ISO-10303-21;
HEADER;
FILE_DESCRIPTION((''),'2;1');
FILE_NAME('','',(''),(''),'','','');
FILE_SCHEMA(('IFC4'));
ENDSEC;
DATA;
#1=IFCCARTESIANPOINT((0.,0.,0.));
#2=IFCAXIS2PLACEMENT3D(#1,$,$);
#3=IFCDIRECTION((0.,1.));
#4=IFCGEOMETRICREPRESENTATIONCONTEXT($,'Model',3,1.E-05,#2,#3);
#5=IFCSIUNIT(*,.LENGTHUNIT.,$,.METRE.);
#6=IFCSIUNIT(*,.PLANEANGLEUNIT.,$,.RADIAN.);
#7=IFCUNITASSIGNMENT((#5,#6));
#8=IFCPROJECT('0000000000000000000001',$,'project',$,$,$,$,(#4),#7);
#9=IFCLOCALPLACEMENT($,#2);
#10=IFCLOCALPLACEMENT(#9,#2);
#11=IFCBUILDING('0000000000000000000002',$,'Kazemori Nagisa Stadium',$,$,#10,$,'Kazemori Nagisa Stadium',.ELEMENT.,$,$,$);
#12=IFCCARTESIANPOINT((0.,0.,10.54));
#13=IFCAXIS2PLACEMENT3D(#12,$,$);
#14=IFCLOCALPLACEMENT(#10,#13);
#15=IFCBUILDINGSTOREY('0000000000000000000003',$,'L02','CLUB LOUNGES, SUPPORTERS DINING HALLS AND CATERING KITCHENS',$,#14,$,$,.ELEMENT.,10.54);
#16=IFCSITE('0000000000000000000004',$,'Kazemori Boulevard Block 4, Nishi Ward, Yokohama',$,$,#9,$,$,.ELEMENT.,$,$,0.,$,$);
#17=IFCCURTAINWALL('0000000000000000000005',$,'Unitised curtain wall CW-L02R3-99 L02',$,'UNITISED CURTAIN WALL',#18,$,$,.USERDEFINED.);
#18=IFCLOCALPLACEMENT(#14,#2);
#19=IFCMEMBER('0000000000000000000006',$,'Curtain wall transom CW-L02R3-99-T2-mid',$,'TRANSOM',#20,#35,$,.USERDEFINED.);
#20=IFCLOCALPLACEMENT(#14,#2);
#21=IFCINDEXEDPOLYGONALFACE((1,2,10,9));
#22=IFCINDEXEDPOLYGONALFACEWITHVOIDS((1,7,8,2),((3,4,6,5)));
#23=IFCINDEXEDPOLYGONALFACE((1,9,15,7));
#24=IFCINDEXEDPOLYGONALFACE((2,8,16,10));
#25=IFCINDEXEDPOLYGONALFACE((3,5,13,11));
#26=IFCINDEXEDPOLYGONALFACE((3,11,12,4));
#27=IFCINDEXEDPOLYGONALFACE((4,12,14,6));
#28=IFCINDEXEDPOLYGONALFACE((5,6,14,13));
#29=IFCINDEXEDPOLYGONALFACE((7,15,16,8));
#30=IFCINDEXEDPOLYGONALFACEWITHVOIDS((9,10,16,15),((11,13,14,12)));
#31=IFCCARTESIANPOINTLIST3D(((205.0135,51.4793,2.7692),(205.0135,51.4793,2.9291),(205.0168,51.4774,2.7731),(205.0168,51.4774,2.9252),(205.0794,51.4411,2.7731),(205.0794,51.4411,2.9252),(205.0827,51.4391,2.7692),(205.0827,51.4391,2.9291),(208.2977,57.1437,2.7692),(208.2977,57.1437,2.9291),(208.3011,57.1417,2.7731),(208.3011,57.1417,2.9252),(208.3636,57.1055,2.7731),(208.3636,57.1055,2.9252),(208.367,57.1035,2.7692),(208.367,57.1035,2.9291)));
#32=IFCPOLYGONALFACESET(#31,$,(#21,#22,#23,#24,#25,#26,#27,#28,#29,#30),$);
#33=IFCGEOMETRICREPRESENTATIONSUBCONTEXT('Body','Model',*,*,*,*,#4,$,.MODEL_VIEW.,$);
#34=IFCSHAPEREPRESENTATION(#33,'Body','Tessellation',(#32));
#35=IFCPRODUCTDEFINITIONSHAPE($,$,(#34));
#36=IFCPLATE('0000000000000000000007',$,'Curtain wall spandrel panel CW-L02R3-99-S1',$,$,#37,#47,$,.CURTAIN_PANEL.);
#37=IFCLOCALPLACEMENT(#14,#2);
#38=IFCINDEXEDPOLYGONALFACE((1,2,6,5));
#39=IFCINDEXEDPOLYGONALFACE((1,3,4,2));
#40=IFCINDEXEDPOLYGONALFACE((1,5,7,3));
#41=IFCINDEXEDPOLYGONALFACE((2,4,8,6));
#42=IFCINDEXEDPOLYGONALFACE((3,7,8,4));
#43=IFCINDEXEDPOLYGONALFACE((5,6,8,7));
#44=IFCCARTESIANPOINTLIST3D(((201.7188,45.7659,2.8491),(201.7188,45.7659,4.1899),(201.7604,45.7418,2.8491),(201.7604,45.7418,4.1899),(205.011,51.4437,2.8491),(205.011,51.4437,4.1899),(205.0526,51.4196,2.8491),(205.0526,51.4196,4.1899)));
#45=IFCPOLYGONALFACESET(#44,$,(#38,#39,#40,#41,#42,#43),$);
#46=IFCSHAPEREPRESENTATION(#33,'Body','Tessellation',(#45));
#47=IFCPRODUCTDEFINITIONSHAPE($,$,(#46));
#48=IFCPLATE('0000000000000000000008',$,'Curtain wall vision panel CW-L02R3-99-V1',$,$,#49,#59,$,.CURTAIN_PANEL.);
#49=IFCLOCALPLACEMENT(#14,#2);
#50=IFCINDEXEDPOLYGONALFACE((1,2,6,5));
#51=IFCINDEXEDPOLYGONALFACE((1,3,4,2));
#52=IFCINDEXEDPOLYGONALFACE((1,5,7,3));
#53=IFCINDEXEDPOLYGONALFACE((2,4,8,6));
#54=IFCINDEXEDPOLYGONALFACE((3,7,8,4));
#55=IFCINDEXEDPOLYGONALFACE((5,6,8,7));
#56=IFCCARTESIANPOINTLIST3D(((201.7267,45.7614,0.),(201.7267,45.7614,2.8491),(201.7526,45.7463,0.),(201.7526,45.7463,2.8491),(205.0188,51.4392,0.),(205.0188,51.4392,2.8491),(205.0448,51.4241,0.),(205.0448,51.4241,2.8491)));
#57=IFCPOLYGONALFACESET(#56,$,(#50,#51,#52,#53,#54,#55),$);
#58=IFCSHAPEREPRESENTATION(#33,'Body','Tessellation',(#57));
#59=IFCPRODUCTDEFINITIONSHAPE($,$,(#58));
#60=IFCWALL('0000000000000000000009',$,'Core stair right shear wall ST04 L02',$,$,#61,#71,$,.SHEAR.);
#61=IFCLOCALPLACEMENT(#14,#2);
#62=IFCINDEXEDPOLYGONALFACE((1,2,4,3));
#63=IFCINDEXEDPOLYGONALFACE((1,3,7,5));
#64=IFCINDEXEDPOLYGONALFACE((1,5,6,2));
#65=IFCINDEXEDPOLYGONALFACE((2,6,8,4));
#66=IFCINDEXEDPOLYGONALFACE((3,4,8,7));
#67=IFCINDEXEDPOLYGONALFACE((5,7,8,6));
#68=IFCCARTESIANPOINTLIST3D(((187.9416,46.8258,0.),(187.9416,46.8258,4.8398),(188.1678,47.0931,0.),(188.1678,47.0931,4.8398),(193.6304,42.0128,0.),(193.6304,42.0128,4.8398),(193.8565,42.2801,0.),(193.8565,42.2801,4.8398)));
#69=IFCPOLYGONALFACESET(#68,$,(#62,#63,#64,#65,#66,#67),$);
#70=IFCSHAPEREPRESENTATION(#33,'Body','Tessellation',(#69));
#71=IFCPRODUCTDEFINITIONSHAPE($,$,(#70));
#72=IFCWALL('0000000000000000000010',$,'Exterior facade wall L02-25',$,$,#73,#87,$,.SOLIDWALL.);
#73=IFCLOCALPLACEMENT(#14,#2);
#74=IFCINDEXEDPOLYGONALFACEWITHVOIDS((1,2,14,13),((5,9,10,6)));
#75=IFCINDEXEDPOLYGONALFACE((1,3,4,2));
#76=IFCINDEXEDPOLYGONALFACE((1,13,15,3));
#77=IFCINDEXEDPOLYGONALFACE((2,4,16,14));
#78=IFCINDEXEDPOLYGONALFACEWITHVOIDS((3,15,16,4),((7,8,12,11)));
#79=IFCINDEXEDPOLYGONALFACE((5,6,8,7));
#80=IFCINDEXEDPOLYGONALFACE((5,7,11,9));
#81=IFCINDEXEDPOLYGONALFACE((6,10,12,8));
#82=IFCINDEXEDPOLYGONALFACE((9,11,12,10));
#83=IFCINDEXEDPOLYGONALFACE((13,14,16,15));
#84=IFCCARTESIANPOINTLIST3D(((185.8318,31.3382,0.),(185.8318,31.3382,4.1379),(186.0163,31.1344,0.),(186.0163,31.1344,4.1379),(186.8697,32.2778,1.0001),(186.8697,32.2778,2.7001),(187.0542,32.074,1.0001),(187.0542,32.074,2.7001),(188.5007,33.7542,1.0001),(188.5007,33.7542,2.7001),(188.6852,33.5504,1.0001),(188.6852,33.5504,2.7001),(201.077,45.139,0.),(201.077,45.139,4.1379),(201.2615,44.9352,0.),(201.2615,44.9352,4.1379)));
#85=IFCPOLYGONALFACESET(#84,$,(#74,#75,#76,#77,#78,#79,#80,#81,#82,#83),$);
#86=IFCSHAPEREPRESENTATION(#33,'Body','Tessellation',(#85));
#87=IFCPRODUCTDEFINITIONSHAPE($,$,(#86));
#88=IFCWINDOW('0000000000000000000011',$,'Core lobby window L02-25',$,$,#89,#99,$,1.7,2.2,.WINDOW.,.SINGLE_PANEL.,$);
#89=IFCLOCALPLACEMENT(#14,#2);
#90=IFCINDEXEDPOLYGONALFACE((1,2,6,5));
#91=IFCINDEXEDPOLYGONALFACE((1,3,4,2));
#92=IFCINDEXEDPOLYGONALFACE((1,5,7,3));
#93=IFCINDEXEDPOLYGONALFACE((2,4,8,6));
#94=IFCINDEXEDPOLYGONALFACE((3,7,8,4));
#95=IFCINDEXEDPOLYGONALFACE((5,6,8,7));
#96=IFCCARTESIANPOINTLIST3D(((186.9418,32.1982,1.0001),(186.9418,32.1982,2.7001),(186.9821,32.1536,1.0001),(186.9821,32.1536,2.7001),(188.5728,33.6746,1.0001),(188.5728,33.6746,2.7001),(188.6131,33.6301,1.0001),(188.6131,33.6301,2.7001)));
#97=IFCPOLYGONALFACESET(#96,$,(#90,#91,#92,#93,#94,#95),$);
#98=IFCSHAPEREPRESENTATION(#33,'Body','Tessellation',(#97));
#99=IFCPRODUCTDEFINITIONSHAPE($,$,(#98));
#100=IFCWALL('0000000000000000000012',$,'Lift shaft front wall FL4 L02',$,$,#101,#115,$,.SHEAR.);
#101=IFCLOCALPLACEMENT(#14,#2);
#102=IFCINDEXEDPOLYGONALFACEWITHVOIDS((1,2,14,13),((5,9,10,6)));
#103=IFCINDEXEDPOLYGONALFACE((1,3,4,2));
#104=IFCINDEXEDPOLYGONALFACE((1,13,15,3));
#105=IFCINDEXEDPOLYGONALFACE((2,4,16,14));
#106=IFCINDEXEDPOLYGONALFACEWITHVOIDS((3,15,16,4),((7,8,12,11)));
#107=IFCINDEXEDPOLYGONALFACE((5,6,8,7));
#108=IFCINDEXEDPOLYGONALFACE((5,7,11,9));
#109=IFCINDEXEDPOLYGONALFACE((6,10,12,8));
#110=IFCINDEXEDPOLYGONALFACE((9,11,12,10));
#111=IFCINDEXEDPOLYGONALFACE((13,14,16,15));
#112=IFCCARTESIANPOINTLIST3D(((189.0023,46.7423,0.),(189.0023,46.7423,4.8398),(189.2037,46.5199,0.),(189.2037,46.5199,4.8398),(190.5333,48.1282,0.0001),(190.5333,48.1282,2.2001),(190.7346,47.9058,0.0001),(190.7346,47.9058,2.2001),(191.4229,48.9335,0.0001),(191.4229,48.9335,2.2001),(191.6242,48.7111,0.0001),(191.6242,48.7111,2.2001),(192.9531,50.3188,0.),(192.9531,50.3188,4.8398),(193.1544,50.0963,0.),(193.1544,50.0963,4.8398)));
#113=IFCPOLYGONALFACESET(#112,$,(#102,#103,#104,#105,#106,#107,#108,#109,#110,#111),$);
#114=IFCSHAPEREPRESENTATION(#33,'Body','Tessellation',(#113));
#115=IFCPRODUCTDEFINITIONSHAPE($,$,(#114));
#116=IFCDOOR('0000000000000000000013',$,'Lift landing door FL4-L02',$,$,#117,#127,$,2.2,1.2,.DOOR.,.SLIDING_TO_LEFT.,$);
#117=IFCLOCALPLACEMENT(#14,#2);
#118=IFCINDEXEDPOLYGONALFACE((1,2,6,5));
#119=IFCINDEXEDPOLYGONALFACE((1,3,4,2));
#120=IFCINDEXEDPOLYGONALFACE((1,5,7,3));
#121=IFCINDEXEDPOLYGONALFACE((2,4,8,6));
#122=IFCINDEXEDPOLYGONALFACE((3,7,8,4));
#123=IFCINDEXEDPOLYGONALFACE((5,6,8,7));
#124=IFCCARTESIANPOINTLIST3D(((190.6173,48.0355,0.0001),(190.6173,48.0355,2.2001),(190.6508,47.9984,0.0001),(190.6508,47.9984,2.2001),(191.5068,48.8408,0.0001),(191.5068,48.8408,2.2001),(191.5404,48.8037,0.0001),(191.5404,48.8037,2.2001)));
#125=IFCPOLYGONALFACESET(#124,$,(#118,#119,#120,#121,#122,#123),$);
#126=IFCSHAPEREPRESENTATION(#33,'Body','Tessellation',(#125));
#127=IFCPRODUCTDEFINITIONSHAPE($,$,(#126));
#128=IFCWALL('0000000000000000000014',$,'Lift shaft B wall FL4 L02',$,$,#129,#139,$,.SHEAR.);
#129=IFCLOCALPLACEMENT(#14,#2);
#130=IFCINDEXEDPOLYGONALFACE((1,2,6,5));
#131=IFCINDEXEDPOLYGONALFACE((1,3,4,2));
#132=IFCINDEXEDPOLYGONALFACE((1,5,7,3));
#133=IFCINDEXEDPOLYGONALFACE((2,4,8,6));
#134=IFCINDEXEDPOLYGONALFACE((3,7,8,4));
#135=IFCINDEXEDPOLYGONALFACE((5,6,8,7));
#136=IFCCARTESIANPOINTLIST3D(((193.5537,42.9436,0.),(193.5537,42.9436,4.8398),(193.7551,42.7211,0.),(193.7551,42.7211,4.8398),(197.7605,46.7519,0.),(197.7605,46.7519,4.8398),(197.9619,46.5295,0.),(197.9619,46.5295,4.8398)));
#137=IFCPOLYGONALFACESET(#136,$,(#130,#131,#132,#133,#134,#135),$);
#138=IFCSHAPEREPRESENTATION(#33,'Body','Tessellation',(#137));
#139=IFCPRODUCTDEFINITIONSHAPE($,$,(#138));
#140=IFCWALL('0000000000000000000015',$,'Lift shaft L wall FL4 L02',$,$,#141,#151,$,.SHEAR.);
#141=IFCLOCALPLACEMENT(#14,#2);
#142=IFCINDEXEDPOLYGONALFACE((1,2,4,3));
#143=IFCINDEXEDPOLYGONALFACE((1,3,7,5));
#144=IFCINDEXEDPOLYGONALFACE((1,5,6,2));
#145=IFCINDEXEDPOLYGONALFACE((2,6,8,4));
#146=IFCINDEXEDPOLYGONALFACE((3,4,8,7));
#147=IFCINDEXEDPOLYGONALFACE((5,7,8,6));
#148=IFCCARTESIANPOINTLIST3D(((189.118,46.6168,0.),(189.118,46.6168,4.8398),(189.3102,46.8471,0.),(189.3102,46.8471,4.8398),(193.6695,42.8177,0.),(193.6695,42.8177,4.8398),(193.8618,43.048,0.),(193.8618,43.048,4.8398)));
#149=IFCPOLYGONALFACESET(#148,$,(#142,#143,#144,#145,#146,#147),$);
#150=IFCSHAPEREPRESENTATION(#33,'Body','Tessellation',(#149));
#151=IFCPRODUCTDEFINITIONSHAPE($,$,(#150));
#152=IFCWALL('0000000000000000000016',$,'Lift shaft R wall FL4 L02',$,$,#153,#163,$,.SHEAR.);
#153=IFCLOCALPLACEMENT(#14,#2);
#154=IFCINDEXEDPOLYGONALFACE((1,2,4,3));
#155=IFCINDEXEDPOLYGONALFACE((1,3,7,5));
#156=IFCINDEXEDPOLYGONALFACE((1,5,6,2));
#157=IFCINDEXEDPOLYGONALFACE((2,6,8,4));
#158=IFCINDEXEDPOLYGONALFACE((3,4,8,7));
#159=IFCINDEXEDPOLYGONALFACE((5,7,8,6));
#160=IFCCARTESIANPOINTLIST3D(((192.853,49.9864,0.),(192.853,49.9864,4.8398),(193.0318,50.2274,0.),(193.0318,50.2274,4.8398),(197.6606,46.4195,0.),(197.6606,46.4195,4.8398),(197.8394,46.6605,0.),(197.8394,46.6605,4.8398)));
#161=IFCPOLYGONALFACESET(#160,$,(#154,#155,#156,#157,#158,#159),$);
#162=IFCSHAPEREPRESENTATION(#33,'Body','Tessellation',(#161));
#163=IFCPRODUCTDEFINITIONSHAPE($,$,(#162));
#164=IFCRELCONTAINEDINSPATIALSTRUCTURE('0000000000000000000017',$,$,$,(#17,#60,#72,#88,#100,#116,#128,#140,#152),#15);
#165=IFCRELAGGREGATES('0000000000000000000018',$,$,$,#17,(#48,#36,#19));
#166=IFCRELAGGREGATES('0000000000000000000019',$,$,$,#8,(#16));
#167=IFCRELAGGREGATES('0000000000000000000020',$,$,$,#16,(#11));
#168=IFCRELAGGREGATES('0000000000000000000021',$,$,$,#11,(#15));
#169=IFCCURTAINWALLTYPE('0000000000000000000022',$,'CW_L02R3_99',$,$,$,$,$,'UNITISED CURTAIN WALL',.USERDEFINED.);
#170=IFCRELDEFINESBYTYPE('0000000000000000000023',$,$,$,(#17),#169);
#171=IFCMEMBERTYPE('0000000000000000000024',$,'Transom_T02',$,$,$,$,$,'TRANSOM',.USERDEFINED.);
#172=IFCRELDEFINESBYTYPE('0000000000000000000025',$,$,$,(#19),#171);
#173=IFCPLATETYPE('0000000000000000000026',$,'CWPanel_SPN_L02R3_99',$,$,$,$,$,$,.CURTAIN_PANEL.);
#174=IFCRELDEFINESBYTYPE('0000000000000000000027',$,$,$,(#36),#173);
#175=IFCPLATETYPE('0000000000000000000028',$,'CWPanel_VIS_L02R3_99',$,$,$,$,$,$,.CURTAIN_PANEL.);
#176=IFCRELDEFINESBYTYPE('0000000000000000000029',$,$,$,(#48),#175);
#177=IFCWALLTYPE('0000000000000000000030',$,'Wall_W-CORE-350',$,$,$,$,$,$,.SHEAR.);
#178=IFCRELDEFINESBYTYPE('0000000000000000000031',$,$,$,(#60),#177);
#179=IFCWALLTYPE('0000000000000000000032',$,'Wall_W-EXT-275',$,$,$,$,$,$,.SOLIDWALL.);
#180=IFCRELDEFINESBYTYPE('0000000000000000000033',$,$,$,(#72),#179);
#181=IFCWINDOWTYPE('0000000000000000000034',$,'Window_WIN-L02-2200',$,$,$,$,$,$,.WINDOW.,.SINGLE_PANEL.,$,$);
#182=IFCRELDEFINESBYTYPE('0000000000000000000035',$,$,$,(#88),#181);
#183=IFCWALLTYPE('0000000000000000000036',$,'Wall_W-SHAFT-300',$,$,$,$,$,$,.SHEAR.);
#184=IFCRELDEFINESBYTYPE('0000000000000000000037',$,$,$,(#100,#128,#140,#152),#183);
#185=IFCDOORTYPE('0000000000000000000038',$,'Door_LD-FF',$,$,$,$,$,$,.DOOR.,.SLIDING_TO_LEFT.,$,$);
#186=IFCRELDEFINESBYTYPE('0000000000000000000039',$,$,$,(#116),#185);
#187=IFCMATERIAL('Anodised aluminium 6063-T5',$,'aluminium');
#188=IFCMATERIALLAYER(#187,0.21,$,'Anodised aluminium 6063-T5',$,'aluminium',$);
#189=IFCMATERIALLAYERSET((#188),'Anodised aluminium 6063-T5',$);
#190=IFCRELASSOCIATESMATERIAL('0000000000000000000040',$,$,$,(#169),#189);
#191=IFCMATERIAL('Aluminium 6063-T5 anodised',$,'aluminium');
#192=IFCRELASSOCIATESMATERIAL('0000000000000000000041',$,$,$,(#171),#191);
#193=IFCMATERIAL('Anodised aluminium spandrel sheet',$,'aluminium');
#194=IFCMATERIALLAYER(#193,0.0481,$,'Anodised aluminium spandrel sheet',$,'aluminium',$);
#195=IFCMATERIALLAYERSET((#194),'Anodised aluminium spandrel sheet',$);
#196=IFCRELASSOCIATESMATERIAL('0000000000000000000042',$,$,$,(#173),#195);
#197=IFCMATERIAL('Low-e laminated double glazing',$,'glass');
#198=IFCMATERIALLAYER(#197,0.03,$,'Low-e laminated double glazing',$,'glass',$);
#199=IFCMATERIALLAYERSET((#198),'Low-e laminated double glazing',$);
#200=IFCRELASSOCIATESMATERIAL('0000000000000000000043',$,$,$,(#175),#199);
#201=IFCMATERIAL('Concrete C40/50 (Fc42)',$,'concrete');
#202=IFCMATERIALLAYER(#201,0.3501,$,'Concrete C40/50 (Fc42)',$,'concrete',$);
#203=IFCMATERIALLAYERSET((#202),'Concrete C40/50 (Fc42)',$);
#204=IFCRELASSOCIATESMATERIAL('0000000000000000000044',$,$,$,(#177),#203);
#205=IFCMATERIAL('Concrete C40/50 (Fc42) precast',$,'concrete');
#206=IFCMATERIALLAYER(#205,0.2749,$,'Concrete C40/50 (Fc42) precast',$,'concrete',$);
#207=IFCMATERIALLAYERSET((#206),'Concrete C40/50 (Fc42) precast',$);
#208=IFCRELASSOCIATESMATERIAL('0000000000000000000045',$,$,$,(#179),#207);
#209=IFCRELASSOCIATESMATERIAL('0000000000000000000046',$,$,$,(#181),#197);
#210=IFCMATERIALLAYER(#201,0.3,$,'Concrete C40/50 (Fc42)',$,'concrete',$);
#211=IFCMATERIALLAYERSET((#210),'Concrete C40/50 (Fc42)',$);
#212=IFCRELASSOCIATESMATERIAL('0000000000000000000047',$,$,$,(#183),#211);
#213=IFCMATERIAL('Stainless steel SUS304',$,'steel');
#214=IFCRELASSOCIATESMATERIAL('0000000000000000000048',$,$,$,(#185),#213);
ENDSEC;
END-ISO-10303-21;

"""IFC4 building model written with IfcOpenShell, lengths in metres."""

from ifc_helpers import new_model, si_unit, direction, frame, frame_2d, origin, origin_2d, place, context, subcontext, project, spatial, rectangle, hollow_rectangle, extrude, material, layer, layer_set, material_profile, profile_set, type_object, element, fill, aggregate, save


model = new_model("IFC4")

# Units and contexts
model_context = context("Model", 3, precision=1e-05, world=origin(), true_north=direction((0.0, 1.0)))
body_context = subcontext(model_context, "Body", "Model", "MODEL_VIEW")
ifc_project = project(units=[si_unit("LENGTHUNIT", "METRE"), si_unit("PLANEANGLEUNIT", "RADIAN")], contexts=[model_context])

# Site, building, storey
site_placement = place(None, origin())
site = spatial("IfcSite", under=ifc_project, at=site_placement, Name="Kazemori Boulevard Block 4, Nishi Ward, Yokohama", CompositionType="ELEMENT", RefElevation=0.0)
building_placement = place(site_placement, origin())
building = spatial("IfcBuilding", under=site, at=building_placement, Name="Kazemori Nagisa Stadium", LongName="Kazemori Nagisa Stadium", CompositionType="ELEMENT")
storey_placement = place(building_placement, frame((0.0, 0.0, 10.54)))
storey = spatial("IfcBuildingStorey", under=building, at=storey_placement, Name="L02", Description="CLUB LOUNGES, SUPPORTERS DINING HALLS AND CATERING KITCHENS", CompositionType="ELEMENT", Elevation=10.54)

# Shared definitions
ifc_material_1 = material(Name="Concrete C40/50 (Fc42)", Category="concrete")

# Curtain wall, member, plates
ifc_material_2 = material(Name="Anodised aluminium 6063-T5", Category="aluminium")
ifc_layer_1 = layer(ifc_material_2, 0.21, Name="Anodised aluminium 6063-T5", Category="aluminium")
ifc_layer_set_1 = layer_set([ifc_layer_1], Name="Anodised aluminium 6063-T5")
curtain_wall_type = type_object("IfcCurtainWallType", Name="CW_L02R3_99", ElementType="UNITISED CURTAIN WALL", PredefinedType="USERDEFINED", material=ifc_layer_set_1)
curtain_wall_placement = place(storey_placement, origin())
curtain_wall = element("IfcCurtainWall", 1, at=curtain_wall_placement, inside=storey, type_object=curtain_wall_type, Name="Unitised curtain wall CW-L02R3-99 L02", ObjectType="UNITISED CURTAIN WALL", PredefinedType="USERDEFINED")
ifc_material_3 = material(Name="Aluminium 6063-T5 anodised", Category="aluminium")
ifc_material_profile_1 = material_profile(ifc_material_3, hollow_rectangle(XDim=0.0801, YDim=0.1599, WallThickness=0.0039, at=origin_2d()), Name="ALU-TRAN-80x160x4")
ifc_profile_set_1 = profile_set([ifc_material_profile_1], Name="Aluminium 6063-T5 anodised")
member_type_1 = type_object("IfcMemberType", Name="Transom_T02", ElementType="TRANSOM", PredefinedType="USERDEFINED", material=ifc_profile_set_1)
member_1_placement = place(storey_placement, frame((205.0481, 51.4592, 2.8491), z_axis=(0.50159, 0.865105, 0.0), x_axis=(-0.865105, 0.50159, 0.0)))
member_1 = element("IfcMember", 2, at=member_1_placement, type_object=member_type_1, Name="Curtain wall transom CW-L02R3-99-T2-mid", ObjectType="TRANSOM", PredefinedType="USERDEFINED", context=body_context, shape_type="SweptSolid", body=[
    extrude(hollow_rectangle(XDim=0.0801, YDim=0.1599, WallThickness=0.0039, at=origin_2d()), origin(), (0.0, 0.0, 1.0), 6.5476),
])
ifc_material_4 = material(Name="Anodised aluminium spandrel sheet", Category="aluminium")
ifc_layer_2 = layer(ifc_material_4, 0.0481, Name="Anodised aluminium spandrel sheet", Category="aluminium")
ifc_layer_set_2 = layer_set([ifc_layer_2], Name="Anodised aluminium spandrel sheet")
plate_type_1 = type_object("IfcPlateType", Name="CWPanel_SPN_L02R3_99", PredefinedType="CURTAIN_PANEL", material=ifc_layer_set_2)
plate_1_placement = place(storey_placement, frame((203.3857, 48.5928, 2.8491), z_axis=(0.0, 0.0, 1.0), x_axis=(0.501612, 0.865093, 0.0)))
plate_1 = element("IfcPlate", 3, at=plate_1_placement, type_object=plate_type_1, Name="Curtain wall spandrel panel CW-L02R3-99-S1", PredefinedType="CURTAIN_PANEL", context=body_context, shape_type="SweptSolid", body=[
    extrude(rectangle(XDim=6.5632, YDim=0.0481, at=origin_2d()), origin(), (0.0, 0.0, 1.0), 1.3408),
])
ifc_material_5 = material(Name="Low-e laminated double glazing", Category="glass")
ifc_layer_3 = layer(ifc_material_5, 0.03, Name="Low-e laminated double glazing", Category="glass")
ifc_layer_set_3 = layer_set([ifc_layer_3], Name="Low-e laminated double glazing")
plate_type_2 = type_object("IfcPlateType", Name="CWPanel_VIS_L02R3_99", PredefinedType="CURTAIN_PANEL", material=ifc_layer_set_3)
plate_2_placement = place(storey_placement, frame((203.3857, 48.5928, 0.0), z_axis=(0.0, 0.0, 1.0), x_axis=(0.501612, 0.865093, 0.0)))
plate_2 = element("IfcPlate", 4, at=plate_2_placement, type_object=plate_type_2, Name="Curtain wall vision panel CW-L02R3-99-V1", PredefinedType="CURTAIN_PANEL", context=body_context, shape_type="SweptSolid", body=[
    extrude(rectangle(XDim=6.5632, YDim=0.03, at=origin_2d()), origin(), (0.0, 0.0, 1.0), 2.8491),
])
aggregate(curtain_wall, [plate_2, plate_1, member_1])

# Wall
ifc_layer_4 = layer(ifc_material_1, 0.3501, Name="Concrete C40/50 (Fc42)", Category="concrete")
ifc_layer_set_4 = layer_set([ifc_layer_4], Name="Concrete C40/50 (Fc42)")
wall_type_1 = type_object("IfcWallType", Name="Wall_W-CORE-350", PredefinedType="SHEAR", material=ifc_layer_set_4)
wall_1_placement = place(storey_placement, frame((188.0547, 46.9595, 0.0), z_axis=(0.0, 0.0, 1.0), x_axis=(0.763422, -0.6459, 0.0)))
element("IfcWall", 5, at=wall_1_placement, inside=storey, type_object=wall_type_1, Name="Core stair right shear wall ST04 L02", PredefinedType="SHEAR", context=body_context, shape_type="SweptSolid", body=[
    extrude(rectangle(XDim=7.4517, YDim=0.3501, at=frame_2d((3.7258, 0.0))), origin(), (0.0, 0.0, 1.0), 4.8398),
])

# Wall, opening, window
ifc_material_6 = material(Name="Concrete C40/50 (Fc42) precast", Category="concrete")
ifc_layer_5 = layer(ifc_material_6, 0.2749, Name="Concrete C40/50 (Fc42) precast", Category="concrete")
ifc_layer_set_5 = layer_set([ifc_layer_5], Name="Concrete C40/50 (Fc42) precast")
wall_type_2 = type_object("IfcWallType", Name="Wall_W-EXT-275", PredefinedType="SOLIDWALL", material=ifc_layer_set_5)
wall_2_placement = place(storey_placement, frame((185.9241, 31.2363, 0.0), z_axis=(0.0, 0.0, 1.0), x_axis=(0.741352, 0.671116, 0.0)))
wall_2 = element("IfcWall", 6, at=wall_2_placement, inside=storey, type_object=wall_type_2, Name="Exterior facade wall L02-25", PredefinedType="SOLIDWALL", context=body_context, shape_type="SweptSolid", body=[
    extrude(rectangle(XDim=20.564, YDim=0.2749, at=frame_2d((10.282, 0.0))), origin(), (0.0, 0.0, 1.0), 4.1379),
])
opening_1_placement = place(wall_2_placement, frame((1.3999, 0.0, 1.0)))
opening_1 = element("IfcOpeningElement", 7, at=opening_1_placement, cuts=wall_2, PredefinedType="OPENING", context=body_context, shape_type="SweptSolid", body=[
    extrude(rectangle(XDim=2.2, YDim=1.7, at=frame_2d((1.1001, 0.8501))), frame((0.0, 0.1475, 0.0), z_axis=(0.0, -1.0, 0.0), x_axis=(1.0, 0.0, 0.0)), (0.0, 0.0, 1.0), 0.2949),
])
window_type = type_object("IfcWindowType", Name="Window_WIN-L02-2200", PartitioningType="SINGLE_PANEL", PredefinedType="WINDOW", material=ifc_material_5)
window_placement = place(opening_1_placement, origin())
window = element("IfcWindow", 8, at=window_placement, inside=storey, type_object=window_type, Name="Core lobby window L02-25", OverallHeight=1.7, OverallWidth=2.2, PartitioningType="SINGLE_PANEL", PredefinedType="WINDOW", context=body_context, shape_type="SweptSolid", body=[
    extrude(rectangle(XDim=2.2, YDim=1.7, at=frame_2d((1.1001, 0.8501))), frame((0.0, 0.03, 0.0), z_axis=(0.0, -1.0, 0.0), x_axis=(1.0, 0.0, 0.0)), (0.0, 0.0, 1.0), 0.0601),
])
fill(opening_1, window)

# Wall, opening, door
ifc_layer_6 = layer(ifc_material_1, 0.3, Name="Concrete C40/50 (Fc42)", Category="concrete")
ifc_layer_set_6 = layer_set([ifc_layer_6], Name="Concrete C40/50 (Fc42)")
wall_type_3 = type_object("IfcWallType", Name="Wall_W-SHAFT-300", PredefinedType="SHEAR", material=ifc_layer_set_6)
wall_3_placement = place(storey_placement, frame((189.103, 46.6311, 0.0), z_axis=(0.0, 0.0, 1.0), x_axis=(0.74135, 0.671118, 0.0)))
wall_3 = element("IfcWall", 9, at=wall_3_placement, inside=storey, type_object=wall_type_3, Name="Lift shaft front wall FL4 L02", PredefinedType="SHEAR", context=body_context, shape_type="SweptSolid", body=[
    extrude(rectangle(XDim=5.3291, YDim=0.3, at=frame_2d((2.6646, 0.0))), origin(), (0.0, 0.0, 1.0), 4.8398),
])
opening_2_placement = place(wall_3_placement, frame((2.0649, 0.0, 0.0)))
opening_2 = element("IfcOpeningElement", 10, at=opening_2_placement, cuts=wall_3, PredefinedType="OPENING", context=body_context, shape_type="SweptSolid", body=[
    extrude(rectangle(XDim=1.2, YDim=2.2, at=frame_2d((0.6001, 1.1001))), frame((0.0, 0.1599, 0.0), z_axis=(0.0, -1.0, 0.0), x_axis=(1.0, 0.0, 0.0)), (0.0, 0.0, 1.0), 0.3201),
])
ifc_material_7 = material(Name="Stainless steel SUS304", Category="steel")
door_type = type_object("IfcDoorType", Name="Door_LD-FF", OperationType="SLIDING_TO_LEFT", PredefinedType="DOOR", material=ifc_material_7)
door_placement = place(opening_2_placement, origin())
door = element("IfcDoor", 11, at=door_placement, inside=storey, type_object=door_type, Name="Lift landing door FL4-L02", OperationType="SLIDING_TO_LEFT", OverallHeight=2.2, OverallWidth=1.2, PredefinedType="DOOR", context=body_context, shape_type="SweptSolid", body=[
    extrude(rectangle(XDim=1.2, YDim=2.2, at=frame_2d((0.6001, 1.1001))), frame((0.0, 0.0249, 0.0), z_axis=(0.0, -1.0, 0.0), x_axis=(1.0, 0.0, 0.0)), (0.0, 0.0, 1.0), 0.05),
])
fill(opening_2, door)

# Walls
wall_4_placement = place(storey_placement, frame((193.6543, 42.8323, 0.0), z_axis=(0.0, 0.0, 1.0), x_axis=(0.741342, 0.671127, 0.0)))
element("IfcWall", 12, at=wall_4_placement, inside=storey, type_object=wall_type_3, Name="Lift shaft B wall FL4 L02", PredefinedType="SHEAR", context=body_context, shape_type="SweptSolid", body=[
    extrude(rectangle(XDim=5.6746, YDim=0.3, at=frame_2d((2.8374, 0.0))), origin(), (0.0, 0.0, 1.0), 4.8398),
])
wall_5_placement = place(storey_placement, frame((189.2141, 46.7319, 0.0), z_axis=(0.0, 0.0, 1.0), x_axis=(0.767711, -0.640796, 0.0)))
element("IfcWall", 13, at=wall_5_placement, inside=storey, type_object=wall_type_3, Name="Lift shaft L wall FL4 L02", PredefinedType="SHEAR", context=body_context, shape_type="SweptSolid", body=[
    extrude(rectangle(XDim=5.9287, YDim=0.3, at=frame_2d((2.9644, 0.0))), origin(), (0.0, 0.0, 1.0), 4.8398),
])
wall_6_placement = place(storey_placement, frame((192.9424, 50.1069, 0.0), z_axis=(0.0, 0.0, 1.0), x_axis=(0.803102, -0.595842, 0.0)))
element("IfcWall", 14, at=wall_6_placement, inside=storey, type_object=wall_type_3, Name="Lift shaft R wall FL4 L02", PredefinedType="SHEAR", context=body_context, shape_type="SweptSolid", body=[
    extrude(rectangle(XDim=5.9863, YDim=0.3, at=frame_2d((2.9932, 0.0))), origin(), (0.0, 0.0, 1.0), 4.8398),
])

save(model, "model.ifc")
